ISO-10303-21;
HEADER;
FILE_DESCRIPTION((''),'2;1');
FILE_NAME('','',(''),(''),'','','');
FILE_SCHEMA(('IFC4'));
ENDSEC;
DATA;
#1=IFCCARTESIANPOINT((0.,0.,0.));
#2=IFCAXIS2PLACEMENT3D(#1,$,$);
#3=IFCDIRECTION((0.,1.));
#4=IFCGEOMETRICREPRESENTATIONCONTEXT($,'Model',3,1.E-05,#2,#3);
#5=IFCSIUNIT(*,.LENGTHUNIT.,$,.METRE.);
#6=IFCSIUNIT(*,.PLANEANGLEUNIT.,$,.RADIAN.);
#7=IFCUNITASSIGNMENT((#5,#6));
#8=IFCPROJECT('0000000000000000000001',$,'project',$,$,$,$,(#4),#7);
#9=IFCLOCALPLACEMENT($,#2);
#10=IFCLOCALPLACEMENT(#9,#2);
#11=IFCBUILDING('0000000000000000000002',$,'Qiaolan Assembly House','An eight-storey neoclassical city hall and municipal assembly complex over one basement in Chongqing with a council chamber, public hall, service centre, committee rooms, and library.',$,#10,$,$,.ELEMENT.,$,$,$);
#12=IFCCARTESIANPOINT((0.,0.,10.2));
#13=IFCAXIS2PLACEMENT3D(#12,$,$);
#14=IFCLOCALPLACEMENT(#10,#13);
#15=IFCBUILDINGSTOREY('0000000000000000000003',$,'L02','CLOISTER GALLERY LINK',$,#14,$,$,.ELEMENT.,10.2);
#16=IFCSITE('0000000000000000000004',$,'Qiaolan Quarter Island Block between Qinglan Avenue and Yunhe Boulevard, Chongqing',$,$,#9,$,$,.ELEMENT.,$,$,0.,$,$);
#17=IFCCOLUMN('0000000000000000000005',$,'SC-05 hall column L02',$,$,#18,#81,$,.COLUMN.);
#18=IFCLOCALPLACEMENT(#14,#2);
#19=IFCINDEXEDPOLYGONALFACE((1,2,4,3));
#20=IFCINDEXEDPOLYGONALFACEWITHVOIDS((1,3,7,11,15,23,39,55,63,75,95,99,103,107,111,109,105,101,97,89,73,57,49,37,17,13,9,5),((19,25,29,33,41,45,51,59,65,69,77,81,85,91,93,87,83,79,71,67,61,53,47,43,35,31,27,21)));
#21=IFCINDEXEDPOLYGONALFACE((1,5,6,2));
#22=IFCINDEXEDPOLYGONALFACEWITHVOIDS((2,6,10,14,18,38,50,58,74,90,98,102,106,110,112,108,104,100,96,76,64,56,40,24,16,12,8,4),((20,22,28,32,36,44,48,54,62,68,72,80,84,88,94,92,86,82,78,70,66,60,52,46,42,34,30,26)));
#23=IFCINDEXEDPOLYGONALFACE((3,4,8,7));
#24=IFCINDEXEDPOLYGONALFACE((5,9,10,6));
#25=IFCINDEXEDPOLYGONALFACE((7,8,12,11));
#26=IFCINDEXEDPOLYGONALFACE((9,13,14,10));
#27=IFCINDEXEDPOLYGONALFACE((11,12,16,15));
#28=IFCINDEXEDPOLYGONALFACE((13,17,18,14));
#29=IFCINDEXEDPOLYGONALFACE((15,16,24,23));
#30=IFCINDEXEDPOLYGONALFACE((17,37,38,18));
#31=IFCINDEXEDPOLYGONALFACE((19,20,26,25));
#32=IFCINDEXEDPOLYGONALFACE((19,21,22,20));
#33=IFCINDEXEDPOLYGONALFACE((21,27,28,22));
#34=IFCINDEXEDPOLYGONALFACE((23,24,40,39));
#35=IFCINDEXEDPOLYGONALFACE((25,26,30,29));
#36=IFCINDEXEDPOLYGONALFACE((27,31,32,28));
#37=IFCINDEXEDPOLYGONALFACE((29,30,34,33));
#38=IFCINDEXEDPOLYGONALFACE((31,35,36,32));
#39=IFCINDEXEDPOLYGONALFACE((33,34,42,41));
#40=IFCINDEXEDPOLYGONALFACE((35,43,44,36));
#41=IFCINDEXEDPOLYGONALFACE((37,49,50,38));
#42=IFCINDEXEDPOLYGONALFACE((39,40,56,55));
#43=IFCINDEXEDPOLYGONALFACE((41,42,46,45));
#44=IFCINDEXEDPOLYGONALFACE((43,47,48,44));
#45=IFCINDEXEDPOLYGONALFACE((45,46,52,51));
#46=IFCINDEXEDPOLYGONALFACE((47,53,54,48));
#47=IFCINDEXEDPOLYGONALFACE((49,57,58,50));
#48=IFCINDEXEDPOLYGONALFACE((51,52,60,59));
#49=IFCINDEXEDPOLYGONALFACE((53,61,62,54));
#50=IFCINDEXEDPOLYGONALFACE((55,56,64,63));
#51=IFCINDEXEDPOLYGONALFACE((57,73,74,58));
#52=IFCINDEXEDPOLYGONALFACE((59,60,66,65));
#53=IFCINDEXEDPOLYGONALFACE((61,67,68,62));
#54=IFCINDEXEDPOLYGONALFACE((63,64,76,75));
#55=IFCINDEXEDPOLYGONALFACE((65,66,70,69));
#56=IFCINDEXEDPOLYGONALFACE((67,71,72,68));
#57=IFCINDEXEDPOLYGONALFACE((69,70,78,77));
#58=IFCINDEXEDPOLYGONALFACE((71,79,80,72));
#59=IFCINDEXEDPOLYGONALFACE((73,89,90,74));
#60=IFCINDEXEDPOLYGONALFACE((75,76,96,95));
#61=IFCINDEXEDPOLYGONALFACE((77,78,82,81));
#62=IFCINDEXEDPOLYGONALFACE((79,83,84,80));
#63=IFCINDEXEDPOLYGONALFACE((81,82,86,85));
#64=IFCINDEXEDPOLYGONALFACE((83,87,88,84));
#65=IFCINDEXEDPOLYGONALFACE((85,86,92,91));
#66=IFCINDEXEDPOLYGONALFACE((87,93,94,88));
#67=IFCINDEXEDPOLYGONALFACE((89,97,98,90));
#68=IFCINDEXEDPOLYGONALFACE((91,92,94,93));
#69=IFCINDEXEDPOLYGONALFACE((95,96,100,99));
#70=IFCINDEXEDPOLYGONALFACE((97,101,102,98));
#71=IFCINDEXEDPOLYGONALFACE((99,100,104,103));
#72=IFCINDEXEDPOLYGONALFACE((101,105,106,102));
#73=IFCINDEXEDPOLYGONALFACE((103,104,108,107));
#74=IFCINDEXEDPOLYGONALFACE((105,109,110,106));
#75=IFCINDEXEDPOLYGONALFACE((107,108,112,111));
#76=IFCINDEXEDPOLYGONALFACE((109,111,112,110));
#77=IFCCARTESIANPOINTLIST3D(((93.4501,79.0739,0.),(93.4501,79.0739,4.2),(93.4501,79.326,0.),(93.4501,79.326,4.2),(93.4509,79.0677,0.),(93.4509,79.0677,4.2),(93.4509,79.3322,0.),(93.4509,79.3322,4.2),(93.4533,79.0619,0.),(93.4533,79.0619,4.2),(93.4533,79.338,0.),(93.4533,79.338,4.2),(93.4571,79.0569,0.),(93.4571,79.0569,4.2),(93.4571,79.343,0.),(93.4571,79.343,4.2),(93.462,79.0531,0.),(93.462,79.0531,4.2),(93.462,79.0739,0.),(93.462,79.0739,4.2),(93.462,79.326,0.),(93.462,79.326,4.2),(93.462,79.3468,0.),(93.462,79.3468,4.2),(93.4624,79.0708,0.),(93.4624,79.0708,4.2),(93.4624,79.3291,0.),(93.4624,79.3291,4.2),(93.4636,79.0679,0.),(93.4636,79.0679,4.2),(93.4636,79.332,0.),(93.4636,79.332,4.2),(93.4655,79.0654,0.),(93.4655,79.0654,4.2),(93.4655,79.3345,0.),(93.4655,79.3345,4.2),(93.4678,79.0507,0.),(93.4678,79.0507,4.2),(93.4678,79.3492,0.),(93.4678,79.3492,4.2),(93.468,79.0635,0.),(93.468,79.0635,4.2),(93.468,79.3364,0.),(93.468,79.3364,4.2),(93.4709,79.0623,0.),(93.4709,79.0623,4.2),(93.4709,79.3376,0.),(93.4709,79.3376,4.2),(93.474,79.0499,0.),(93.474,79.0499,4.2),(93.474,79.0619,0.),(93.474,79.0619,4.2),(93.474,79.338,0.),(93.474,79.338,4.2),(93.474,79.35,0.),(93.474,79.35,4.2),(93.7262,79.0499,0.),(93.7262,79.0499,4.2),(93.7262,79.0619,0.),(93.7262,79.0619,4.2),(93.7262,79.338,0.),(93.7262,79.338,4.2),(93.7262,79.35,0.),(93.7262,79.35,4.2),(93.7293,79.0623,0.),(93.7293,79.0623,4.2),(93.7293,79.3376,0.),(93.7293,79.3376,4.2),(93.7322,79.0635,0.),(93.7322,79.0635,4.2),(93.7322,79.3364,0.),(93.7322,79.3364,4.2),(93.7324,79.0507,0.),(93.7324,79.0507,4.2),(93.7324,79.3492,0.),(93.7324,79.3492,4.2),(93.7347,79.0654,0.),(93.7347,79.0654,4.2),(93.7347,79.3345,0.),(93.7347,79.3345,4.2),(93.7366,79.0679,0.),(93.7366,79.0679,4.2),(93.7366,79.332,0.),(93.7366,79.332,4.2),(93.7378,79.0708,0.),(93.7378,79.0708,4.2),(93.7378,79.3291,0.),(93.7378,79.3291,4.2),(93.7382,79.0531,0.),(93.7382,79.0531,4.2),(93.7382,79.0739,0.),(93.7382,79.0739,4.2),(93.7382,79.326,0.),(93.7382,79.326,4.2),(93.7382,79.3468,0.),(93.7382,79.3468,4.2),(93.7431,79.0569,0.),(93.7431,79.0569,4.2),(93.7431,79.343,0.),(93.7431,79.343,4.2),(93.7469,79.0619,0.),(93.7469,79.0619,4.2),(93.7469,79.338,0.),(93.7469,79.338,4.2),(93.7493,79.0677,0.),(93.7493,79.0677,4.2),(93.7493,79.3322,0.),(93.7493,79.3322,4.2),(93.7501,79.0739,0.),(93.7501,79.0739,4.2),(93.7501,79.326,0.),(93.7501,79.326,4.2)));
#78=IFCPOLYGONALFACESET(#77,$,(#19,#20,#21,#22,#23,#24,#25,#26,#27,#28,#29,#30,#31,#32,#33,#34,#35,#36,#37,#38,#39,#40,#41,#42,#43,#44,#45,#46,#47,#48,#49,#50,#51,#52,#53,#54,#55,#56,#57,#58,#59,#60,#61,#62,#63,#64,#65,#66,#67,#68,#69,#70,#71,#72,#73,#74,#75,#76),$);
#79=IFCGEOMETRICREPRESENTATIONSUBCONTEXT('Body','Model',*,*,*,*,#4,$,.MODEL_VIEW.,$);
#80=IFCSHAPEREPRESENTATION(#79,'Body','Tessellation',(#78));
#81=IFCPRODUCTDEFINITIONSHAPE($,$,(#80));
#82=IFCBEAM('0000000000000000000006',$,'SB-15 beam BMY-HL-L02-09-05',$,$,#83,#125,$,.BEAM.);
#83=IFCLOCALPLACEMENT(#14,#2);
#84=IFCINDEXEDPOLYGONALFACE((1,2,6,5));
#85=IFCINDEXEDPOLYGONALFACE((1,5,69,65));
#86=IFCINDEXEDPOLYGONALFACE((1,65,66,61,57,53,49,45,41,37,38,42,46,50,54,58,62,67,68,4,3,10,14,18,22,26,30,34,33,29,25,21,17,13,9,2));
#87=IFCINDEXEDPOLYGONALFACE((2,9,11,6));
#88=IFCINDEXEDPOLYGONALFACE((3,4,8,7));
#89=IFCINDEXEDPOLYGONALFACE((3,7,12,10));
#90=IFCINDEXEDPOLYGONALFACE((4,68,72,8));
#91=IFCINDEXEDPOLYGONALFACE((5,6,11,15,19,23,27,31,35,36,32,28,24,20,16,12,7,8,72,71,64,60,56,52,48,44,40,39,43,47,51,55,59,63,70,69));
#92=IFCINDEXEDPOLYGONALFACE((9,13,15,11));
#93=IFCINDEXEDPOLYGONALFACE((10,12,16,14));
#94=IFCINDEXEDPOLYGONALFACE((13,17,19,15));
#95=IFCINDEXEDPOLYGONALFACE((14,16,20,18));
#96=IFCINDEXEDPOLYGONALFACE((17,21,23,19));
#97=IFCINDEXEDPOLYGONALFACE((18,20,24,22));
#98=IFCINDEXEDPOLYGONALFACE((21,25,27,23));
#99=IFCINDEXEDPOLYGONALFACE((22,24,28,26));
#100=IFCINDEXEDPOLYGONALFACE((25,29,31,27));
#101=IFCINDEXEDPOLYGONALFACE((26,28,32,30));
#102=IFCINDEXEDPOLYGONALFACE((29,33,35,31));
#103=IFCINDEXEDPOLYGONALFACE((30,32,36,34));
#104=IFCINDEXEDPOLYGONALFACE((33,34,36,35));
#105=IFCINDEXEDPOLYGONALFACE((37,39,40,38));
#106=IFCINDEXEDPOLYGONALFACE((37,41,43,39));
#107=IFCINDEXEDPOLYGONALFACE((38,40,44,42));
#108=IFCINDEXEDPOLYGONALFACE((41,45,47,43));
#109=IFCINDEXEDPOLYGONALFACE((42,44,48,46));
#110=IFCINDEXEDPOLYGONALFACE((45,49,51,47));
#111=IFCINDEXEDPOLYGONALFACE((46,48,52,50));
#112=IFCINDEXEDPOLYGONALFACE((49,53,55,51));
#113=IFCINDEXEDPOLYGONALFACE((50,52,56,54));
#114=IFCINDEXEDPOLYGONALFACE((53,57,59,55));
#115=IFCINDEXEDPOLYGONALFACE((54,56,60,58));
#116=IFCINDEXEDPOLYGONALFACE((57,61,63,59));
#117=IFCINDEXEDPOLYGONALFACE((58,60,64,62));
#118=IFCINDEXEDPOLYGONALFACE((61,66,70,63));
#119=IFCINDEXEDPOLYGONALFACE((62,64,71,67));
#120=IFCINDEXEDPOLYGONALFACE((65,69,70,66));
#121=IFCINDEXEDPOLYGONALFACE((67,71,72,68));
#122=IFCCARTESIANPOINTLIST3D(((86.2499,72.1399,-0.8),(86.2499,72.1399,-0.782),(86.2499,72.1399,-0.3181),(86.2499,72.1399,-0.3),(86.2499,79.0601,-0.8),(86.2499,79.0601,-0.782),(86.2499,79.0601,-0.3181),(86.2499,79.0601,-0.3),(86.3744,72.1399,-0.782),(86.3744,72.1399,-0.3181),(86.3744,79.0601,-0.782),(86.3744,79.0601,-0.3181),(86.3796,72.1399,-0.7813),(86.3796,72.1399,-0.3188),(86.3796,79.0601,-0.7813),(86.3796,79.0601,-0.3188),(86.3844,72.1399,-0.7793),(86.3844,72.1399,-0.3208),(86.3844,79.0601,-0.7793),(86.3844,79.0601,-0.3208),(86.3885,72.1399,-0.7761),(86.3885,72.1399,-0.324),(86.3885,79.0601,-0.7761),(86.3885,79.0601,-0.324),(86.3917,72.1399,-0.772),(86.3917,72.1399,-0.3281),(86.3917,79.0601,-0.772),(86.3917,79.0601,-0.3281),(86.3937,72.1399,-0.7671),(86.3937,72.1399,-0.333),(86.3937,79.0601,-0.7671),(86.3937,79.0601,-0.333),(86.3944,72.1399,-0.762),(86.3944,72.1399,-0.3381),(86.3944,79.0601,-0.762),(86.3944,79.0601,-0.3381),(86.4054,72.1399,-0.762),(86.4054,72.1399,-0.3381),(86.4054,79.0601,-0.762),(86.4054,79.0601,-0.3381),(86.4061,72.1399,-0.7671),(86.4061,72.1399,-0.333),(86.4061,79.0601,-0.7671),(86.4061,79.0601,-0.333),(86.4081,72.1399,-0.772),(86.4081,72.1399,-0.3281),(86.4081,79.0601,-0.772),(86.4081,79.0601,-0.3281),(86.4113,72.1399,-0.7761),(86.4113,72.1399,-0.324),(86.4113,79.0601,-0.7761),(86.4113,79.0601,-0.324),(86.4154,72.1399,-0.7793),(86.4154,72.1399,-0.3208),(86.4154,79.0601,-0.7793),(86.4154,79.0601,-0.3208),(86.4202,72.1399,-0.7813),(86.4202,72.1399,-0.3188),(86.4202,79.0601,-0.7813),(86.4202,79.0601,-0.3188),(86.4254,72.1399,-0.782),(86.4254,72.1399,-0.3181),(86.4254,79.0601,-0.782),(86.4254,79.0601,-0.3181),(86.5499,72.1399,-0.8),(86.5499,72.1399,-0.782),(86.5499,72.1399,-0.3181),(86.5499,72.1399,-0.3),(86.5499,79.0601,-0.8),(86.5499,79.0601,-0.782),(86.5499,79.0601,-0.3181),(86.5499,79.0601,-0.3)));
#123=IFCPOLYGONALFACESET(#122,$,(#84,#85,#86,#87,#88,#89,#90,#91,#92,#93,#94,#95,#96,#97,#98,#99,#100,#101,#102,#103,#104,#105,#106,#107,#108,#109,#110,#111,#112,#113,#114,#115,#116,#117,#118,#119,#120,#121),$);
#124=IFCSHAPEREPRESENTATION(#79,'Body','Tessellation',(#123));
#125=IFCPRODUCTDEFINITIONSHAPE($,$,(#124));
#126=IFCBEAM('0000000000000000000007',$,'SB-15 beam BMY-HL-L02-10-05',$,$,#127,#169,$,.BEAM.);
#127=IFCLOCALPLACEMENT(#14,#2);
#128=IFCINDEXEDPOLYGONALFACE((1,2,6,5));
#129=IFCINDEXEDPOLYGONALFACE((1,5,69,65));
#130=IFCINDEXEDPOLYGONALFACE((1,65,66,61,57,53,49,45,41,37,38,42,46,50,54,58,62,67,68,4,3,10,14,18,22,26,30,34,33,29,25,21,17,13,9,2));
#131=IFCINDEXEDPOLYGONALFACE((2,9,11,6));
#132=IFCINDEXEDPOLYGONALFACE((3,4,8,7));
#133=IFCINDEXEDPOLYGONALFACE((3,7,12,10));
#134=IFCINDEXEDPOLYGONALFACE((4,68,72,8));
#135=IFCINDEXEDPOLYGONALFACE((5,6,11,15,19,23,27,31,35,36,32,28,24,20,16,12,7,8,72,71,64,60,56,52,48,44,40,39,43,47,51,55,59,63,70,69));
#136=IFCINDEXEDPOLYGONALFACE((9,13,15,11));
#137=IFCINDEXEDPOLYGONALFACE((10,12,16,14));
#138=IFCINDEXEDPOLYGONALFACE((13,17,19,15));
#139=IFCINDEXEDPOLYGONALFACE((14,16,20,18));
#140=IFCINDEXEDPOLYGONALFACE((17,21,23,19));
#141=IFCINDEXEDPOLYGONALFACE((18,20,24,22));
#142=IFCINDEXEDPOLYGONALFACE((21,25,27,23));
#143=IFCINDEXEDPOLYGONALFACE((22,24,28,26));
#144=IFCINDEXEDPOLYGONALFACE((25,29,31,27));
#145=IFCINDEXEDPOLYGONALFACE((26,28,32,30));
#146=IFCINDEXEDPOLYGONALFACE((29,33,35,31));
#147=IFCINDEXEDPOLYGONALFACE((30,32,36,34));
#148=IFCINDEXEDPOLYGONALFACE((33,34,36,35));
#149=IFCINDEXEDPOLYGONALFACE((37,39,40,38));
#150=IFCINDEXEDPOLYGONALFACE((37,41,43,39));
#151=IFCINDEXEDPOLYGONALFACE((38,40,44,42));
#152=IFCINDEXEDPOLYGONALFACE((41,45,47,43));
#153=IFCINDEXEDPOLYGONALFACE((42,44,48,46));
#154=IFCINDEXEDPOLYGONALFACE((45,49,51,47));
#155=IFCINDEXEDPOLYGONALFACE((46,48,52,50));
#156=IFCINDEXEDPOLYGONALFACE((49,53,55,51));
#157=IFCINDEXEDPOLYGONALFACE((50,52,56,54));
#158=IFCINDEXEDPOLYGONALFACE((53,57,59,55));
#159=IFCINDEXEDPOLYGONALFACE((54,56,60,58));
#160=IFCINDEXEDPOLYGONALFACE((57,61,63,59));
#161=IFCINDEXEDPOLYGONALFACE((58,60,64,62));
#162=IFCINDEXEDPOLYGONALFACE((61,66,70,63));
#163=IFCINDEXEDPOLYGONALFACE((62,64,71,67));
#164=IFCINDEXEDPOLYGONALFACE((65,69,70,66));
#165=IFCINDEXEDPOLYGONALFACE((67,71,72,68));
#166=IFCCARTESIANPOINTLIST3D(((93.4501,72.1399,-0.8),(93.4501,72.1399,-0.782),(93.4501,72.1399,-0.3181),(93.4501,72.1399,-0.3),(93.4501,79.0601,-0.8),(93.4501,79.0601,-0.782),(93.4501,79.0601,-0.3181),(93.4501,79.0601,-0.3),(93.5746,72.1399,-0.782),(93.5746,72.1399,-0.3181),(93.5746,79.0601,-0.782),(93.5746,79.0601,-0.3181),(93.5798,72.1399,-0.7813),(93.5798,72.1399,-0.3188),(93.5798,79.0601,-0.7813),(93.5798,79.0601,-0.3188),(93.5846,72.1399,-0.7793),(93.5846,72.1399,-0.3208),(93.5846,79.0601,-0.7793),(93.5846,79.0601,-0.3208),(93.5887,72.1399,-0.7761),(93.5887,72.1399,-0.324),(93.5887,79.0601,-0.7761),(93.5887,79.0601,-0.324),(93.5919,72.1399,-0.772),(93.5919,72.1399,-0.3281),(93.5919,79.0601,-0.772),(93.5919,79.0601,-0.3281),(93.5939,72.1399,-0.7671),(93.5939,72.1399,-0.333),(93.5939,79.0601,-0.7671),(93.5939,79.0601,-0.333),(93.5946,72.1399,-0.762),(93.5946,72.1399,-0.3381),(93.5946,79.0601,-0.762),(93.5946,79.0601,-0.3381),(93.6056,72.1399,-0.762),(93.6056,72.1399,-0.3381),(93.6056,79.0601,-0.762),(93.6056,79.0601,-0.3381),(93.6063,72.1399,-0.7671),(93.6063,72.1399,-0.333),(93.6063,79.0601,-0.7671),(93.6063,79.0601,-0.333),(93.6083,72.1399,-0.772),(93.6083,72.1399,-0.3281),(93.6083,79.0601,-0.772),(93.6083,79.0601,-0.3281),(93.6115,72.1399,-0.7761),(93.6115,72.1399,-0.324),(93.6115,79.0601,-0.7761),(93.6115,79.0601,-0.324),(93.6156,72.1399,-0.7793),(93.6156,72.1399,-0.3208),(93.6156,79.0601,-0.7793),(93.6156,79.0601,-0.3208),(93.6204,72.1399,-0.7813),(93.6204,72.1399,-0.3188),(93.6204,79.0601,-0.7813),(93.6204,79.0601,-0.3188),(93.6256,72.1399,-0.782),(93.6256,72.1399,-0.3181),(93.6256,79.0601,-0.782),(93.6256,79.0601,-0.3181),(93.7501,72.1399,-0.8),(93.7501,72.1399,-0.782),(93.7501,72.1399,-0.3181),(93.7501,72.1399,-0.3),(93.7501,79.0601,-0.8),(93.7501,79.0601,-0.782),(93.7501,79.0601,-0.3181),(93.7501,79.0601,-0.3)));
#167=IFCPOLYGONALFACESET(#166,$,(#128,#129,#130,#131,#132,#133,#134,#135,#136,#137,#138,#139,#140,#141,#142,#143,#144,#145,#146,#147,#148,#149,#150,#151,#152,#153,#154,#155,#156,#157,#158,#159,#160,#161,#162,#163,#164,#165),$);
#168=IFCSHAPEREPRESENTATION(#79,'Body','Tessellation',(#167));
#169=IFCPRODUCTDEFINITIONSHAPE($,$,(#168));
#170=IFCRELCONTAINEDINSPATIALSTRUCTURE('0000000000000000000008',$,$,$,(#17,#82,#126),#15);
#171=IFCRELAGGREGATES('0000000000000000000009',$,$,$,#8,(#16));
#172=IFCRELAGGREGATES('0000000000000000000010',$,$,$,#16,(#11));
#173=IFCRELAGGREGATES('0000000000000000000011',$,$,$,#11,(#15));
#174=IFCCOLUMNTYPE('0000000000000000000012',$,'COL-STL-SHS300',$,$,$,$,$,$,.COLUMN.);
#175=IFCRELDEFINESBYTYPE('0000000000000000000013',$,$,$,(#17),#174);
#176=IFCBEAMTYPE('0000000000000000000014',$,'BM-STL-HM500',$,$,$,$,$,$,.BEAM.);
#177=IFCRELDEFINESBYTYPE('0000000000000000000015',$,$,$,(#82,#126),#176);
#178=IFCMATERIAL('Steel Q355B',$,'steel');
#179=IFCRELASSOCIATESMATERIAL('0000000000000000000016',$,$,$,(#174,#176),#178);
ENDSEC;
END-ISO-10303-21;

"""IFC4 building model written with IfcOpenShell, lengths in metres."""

from ifc_helpers import new_model, si_unit, direction, frame, origin, origin_2d, place, context, subcontext, project, spatial, hollow_rectangle, i_section, extrude, material, material_profile, profile_set, type_object, element, save


model = new_model("IFC4")

# Units and contexts
model_context = context("Model", 3, precision=1e-05, world=origin(), true_north=direction((0.0, 1.0)))
body_context = subcontext(model_context, "Body", "Model", "MODEL_VIEW")
ifc_project = project(units=[si_unit("LENGTHUNIT", "METRE"), si_unit("PLANEANGLEUNIT", "RADIAN")], contexts=[model_context])

# Site, building, storey
site_placement = place(None, origin())
site = spatial("IfcSite", under=ifc_project, at=site_placement, Name="Qiaolan Quarter Island Block between Qinglan Avenue and Yunhe Boulevard, Chongqing", CompositionType="ELEMENT", RefElevation=0.0)
building_placement = place(site_placement, origin())
building = spatial("IfcBuilding", under=site, at=building_placement, Name="Qiaolan Assembly House", Description="An eight-storey neoclassical city hall and municipal assembly complex over one basement in Chongqing with a council chamber, public hall, service centre, committee rooms, and library.", CompositionType="ELEMENT")
storey_placement = place(building_placement, frame((0.0, 0.0, 10.2)))
storey = spatial("IfcBuildingStorey", under=building, at=storey_placement, Name="L02", Description="CLOISTER GALLERY LINK", CompositionType="ELEMENT", Elevation=10.2)

# Column
ifc_material_1 = material(Name="Steel Q355B", Category="steel")
ifc_material_profile_1 = material_profile(ifc_material_1, hollow_rectangle(XDim=0.3, YDim=0.3, WallThickness=0.012, InnerFilletRadius=0.012, OuterFilletRadius=0.0239, at=origin_2d()), Name="SHS 300x300x12")
ifc_profile_set_1 = profile_set([ifc_material_profile_1], Name="Steel Q355B")
column_type = type_object("IfcColumnType", Name="COL-STL-SHS300", PredefinedType="COLUMN", material=ifc_profile_set_1)
for number, where, z_axis, x_axis, name in (
    (1, (93.6001, 79.2, 0.0), (0.0, 0.0, 1.0), (1.0, 0.0, 0.0), "SC-05 hall column L02"),
):
    element("IfcColumn", number, at=place(storey_placement, frame(where, z_axis=z_axis, x_axis=x_axis)), inside=storey, type_object=column_type, Name=name, PredefinedType="COLUMN", context=body_context, shape_type="SweptSolid", body=[
        extrude(hollow_rectangle(XDim=0.3, YDim=0.3, WallThickness=0.012, InnerFilletRadius=0.012, OuterFilletRadius=0.0239, at=origin_2d()), origin(), (0.0, 0.0, 1.0), 4.2),
    ])

# Beams
ifc_material_profile_2 = material_profile(ifc_material_1, i_section(OverallWidth=0.3, OverallDepth=0.5, WebThickness=0.011, FlangeThickness=0.0181, FilletRadius=0.02, at=origin_2d()), Name="HM 500x300x11x18")
ifc_profile_set_2 = profile_set([ifc_material_profile_2], Name="Steel Q355B")
beam_type_1 = type_object("IfcBeamType", Name="BM-STL-HM500", PredefinedType="BEAM", material=ifc_profile_set_2)
for number, where, z_axis, x_axis, name in (
    (2, (86.3999, 72.1399, -0.55), (0.0, 1.0, 0.0), (-1.0, 0.0, 0.0), "SB-15 beam BMY-HL-L02-09-05"),
    (3, (93.6001, 72.1399, -0.55), (0.0, 1.0, 0.0), (-1.0, 0.0, 0.0), "SB-15 beam BMY-HL-L02-10-05"),
):
    element("IfcBeam", number, at=place(storey_placement, frame(where, z_axis=z_axis, x_axis=x_axis)), inside=storey, type_object=beam_type_1, Name=name, PredefinedType="BEAM", context=body_context, shape_type="SweptSolid", body=[
        extrude(i_section(OverallWidth=0.3, OverallDepth=0.5, WebThickness=0.011, FlangeThickness=0.0181, FilletRadius=0.02, at=origin_2d()), origin(), (0.0, 0.0, 1.0), 6.9202),
    ])

save(model, "model.ifc")
